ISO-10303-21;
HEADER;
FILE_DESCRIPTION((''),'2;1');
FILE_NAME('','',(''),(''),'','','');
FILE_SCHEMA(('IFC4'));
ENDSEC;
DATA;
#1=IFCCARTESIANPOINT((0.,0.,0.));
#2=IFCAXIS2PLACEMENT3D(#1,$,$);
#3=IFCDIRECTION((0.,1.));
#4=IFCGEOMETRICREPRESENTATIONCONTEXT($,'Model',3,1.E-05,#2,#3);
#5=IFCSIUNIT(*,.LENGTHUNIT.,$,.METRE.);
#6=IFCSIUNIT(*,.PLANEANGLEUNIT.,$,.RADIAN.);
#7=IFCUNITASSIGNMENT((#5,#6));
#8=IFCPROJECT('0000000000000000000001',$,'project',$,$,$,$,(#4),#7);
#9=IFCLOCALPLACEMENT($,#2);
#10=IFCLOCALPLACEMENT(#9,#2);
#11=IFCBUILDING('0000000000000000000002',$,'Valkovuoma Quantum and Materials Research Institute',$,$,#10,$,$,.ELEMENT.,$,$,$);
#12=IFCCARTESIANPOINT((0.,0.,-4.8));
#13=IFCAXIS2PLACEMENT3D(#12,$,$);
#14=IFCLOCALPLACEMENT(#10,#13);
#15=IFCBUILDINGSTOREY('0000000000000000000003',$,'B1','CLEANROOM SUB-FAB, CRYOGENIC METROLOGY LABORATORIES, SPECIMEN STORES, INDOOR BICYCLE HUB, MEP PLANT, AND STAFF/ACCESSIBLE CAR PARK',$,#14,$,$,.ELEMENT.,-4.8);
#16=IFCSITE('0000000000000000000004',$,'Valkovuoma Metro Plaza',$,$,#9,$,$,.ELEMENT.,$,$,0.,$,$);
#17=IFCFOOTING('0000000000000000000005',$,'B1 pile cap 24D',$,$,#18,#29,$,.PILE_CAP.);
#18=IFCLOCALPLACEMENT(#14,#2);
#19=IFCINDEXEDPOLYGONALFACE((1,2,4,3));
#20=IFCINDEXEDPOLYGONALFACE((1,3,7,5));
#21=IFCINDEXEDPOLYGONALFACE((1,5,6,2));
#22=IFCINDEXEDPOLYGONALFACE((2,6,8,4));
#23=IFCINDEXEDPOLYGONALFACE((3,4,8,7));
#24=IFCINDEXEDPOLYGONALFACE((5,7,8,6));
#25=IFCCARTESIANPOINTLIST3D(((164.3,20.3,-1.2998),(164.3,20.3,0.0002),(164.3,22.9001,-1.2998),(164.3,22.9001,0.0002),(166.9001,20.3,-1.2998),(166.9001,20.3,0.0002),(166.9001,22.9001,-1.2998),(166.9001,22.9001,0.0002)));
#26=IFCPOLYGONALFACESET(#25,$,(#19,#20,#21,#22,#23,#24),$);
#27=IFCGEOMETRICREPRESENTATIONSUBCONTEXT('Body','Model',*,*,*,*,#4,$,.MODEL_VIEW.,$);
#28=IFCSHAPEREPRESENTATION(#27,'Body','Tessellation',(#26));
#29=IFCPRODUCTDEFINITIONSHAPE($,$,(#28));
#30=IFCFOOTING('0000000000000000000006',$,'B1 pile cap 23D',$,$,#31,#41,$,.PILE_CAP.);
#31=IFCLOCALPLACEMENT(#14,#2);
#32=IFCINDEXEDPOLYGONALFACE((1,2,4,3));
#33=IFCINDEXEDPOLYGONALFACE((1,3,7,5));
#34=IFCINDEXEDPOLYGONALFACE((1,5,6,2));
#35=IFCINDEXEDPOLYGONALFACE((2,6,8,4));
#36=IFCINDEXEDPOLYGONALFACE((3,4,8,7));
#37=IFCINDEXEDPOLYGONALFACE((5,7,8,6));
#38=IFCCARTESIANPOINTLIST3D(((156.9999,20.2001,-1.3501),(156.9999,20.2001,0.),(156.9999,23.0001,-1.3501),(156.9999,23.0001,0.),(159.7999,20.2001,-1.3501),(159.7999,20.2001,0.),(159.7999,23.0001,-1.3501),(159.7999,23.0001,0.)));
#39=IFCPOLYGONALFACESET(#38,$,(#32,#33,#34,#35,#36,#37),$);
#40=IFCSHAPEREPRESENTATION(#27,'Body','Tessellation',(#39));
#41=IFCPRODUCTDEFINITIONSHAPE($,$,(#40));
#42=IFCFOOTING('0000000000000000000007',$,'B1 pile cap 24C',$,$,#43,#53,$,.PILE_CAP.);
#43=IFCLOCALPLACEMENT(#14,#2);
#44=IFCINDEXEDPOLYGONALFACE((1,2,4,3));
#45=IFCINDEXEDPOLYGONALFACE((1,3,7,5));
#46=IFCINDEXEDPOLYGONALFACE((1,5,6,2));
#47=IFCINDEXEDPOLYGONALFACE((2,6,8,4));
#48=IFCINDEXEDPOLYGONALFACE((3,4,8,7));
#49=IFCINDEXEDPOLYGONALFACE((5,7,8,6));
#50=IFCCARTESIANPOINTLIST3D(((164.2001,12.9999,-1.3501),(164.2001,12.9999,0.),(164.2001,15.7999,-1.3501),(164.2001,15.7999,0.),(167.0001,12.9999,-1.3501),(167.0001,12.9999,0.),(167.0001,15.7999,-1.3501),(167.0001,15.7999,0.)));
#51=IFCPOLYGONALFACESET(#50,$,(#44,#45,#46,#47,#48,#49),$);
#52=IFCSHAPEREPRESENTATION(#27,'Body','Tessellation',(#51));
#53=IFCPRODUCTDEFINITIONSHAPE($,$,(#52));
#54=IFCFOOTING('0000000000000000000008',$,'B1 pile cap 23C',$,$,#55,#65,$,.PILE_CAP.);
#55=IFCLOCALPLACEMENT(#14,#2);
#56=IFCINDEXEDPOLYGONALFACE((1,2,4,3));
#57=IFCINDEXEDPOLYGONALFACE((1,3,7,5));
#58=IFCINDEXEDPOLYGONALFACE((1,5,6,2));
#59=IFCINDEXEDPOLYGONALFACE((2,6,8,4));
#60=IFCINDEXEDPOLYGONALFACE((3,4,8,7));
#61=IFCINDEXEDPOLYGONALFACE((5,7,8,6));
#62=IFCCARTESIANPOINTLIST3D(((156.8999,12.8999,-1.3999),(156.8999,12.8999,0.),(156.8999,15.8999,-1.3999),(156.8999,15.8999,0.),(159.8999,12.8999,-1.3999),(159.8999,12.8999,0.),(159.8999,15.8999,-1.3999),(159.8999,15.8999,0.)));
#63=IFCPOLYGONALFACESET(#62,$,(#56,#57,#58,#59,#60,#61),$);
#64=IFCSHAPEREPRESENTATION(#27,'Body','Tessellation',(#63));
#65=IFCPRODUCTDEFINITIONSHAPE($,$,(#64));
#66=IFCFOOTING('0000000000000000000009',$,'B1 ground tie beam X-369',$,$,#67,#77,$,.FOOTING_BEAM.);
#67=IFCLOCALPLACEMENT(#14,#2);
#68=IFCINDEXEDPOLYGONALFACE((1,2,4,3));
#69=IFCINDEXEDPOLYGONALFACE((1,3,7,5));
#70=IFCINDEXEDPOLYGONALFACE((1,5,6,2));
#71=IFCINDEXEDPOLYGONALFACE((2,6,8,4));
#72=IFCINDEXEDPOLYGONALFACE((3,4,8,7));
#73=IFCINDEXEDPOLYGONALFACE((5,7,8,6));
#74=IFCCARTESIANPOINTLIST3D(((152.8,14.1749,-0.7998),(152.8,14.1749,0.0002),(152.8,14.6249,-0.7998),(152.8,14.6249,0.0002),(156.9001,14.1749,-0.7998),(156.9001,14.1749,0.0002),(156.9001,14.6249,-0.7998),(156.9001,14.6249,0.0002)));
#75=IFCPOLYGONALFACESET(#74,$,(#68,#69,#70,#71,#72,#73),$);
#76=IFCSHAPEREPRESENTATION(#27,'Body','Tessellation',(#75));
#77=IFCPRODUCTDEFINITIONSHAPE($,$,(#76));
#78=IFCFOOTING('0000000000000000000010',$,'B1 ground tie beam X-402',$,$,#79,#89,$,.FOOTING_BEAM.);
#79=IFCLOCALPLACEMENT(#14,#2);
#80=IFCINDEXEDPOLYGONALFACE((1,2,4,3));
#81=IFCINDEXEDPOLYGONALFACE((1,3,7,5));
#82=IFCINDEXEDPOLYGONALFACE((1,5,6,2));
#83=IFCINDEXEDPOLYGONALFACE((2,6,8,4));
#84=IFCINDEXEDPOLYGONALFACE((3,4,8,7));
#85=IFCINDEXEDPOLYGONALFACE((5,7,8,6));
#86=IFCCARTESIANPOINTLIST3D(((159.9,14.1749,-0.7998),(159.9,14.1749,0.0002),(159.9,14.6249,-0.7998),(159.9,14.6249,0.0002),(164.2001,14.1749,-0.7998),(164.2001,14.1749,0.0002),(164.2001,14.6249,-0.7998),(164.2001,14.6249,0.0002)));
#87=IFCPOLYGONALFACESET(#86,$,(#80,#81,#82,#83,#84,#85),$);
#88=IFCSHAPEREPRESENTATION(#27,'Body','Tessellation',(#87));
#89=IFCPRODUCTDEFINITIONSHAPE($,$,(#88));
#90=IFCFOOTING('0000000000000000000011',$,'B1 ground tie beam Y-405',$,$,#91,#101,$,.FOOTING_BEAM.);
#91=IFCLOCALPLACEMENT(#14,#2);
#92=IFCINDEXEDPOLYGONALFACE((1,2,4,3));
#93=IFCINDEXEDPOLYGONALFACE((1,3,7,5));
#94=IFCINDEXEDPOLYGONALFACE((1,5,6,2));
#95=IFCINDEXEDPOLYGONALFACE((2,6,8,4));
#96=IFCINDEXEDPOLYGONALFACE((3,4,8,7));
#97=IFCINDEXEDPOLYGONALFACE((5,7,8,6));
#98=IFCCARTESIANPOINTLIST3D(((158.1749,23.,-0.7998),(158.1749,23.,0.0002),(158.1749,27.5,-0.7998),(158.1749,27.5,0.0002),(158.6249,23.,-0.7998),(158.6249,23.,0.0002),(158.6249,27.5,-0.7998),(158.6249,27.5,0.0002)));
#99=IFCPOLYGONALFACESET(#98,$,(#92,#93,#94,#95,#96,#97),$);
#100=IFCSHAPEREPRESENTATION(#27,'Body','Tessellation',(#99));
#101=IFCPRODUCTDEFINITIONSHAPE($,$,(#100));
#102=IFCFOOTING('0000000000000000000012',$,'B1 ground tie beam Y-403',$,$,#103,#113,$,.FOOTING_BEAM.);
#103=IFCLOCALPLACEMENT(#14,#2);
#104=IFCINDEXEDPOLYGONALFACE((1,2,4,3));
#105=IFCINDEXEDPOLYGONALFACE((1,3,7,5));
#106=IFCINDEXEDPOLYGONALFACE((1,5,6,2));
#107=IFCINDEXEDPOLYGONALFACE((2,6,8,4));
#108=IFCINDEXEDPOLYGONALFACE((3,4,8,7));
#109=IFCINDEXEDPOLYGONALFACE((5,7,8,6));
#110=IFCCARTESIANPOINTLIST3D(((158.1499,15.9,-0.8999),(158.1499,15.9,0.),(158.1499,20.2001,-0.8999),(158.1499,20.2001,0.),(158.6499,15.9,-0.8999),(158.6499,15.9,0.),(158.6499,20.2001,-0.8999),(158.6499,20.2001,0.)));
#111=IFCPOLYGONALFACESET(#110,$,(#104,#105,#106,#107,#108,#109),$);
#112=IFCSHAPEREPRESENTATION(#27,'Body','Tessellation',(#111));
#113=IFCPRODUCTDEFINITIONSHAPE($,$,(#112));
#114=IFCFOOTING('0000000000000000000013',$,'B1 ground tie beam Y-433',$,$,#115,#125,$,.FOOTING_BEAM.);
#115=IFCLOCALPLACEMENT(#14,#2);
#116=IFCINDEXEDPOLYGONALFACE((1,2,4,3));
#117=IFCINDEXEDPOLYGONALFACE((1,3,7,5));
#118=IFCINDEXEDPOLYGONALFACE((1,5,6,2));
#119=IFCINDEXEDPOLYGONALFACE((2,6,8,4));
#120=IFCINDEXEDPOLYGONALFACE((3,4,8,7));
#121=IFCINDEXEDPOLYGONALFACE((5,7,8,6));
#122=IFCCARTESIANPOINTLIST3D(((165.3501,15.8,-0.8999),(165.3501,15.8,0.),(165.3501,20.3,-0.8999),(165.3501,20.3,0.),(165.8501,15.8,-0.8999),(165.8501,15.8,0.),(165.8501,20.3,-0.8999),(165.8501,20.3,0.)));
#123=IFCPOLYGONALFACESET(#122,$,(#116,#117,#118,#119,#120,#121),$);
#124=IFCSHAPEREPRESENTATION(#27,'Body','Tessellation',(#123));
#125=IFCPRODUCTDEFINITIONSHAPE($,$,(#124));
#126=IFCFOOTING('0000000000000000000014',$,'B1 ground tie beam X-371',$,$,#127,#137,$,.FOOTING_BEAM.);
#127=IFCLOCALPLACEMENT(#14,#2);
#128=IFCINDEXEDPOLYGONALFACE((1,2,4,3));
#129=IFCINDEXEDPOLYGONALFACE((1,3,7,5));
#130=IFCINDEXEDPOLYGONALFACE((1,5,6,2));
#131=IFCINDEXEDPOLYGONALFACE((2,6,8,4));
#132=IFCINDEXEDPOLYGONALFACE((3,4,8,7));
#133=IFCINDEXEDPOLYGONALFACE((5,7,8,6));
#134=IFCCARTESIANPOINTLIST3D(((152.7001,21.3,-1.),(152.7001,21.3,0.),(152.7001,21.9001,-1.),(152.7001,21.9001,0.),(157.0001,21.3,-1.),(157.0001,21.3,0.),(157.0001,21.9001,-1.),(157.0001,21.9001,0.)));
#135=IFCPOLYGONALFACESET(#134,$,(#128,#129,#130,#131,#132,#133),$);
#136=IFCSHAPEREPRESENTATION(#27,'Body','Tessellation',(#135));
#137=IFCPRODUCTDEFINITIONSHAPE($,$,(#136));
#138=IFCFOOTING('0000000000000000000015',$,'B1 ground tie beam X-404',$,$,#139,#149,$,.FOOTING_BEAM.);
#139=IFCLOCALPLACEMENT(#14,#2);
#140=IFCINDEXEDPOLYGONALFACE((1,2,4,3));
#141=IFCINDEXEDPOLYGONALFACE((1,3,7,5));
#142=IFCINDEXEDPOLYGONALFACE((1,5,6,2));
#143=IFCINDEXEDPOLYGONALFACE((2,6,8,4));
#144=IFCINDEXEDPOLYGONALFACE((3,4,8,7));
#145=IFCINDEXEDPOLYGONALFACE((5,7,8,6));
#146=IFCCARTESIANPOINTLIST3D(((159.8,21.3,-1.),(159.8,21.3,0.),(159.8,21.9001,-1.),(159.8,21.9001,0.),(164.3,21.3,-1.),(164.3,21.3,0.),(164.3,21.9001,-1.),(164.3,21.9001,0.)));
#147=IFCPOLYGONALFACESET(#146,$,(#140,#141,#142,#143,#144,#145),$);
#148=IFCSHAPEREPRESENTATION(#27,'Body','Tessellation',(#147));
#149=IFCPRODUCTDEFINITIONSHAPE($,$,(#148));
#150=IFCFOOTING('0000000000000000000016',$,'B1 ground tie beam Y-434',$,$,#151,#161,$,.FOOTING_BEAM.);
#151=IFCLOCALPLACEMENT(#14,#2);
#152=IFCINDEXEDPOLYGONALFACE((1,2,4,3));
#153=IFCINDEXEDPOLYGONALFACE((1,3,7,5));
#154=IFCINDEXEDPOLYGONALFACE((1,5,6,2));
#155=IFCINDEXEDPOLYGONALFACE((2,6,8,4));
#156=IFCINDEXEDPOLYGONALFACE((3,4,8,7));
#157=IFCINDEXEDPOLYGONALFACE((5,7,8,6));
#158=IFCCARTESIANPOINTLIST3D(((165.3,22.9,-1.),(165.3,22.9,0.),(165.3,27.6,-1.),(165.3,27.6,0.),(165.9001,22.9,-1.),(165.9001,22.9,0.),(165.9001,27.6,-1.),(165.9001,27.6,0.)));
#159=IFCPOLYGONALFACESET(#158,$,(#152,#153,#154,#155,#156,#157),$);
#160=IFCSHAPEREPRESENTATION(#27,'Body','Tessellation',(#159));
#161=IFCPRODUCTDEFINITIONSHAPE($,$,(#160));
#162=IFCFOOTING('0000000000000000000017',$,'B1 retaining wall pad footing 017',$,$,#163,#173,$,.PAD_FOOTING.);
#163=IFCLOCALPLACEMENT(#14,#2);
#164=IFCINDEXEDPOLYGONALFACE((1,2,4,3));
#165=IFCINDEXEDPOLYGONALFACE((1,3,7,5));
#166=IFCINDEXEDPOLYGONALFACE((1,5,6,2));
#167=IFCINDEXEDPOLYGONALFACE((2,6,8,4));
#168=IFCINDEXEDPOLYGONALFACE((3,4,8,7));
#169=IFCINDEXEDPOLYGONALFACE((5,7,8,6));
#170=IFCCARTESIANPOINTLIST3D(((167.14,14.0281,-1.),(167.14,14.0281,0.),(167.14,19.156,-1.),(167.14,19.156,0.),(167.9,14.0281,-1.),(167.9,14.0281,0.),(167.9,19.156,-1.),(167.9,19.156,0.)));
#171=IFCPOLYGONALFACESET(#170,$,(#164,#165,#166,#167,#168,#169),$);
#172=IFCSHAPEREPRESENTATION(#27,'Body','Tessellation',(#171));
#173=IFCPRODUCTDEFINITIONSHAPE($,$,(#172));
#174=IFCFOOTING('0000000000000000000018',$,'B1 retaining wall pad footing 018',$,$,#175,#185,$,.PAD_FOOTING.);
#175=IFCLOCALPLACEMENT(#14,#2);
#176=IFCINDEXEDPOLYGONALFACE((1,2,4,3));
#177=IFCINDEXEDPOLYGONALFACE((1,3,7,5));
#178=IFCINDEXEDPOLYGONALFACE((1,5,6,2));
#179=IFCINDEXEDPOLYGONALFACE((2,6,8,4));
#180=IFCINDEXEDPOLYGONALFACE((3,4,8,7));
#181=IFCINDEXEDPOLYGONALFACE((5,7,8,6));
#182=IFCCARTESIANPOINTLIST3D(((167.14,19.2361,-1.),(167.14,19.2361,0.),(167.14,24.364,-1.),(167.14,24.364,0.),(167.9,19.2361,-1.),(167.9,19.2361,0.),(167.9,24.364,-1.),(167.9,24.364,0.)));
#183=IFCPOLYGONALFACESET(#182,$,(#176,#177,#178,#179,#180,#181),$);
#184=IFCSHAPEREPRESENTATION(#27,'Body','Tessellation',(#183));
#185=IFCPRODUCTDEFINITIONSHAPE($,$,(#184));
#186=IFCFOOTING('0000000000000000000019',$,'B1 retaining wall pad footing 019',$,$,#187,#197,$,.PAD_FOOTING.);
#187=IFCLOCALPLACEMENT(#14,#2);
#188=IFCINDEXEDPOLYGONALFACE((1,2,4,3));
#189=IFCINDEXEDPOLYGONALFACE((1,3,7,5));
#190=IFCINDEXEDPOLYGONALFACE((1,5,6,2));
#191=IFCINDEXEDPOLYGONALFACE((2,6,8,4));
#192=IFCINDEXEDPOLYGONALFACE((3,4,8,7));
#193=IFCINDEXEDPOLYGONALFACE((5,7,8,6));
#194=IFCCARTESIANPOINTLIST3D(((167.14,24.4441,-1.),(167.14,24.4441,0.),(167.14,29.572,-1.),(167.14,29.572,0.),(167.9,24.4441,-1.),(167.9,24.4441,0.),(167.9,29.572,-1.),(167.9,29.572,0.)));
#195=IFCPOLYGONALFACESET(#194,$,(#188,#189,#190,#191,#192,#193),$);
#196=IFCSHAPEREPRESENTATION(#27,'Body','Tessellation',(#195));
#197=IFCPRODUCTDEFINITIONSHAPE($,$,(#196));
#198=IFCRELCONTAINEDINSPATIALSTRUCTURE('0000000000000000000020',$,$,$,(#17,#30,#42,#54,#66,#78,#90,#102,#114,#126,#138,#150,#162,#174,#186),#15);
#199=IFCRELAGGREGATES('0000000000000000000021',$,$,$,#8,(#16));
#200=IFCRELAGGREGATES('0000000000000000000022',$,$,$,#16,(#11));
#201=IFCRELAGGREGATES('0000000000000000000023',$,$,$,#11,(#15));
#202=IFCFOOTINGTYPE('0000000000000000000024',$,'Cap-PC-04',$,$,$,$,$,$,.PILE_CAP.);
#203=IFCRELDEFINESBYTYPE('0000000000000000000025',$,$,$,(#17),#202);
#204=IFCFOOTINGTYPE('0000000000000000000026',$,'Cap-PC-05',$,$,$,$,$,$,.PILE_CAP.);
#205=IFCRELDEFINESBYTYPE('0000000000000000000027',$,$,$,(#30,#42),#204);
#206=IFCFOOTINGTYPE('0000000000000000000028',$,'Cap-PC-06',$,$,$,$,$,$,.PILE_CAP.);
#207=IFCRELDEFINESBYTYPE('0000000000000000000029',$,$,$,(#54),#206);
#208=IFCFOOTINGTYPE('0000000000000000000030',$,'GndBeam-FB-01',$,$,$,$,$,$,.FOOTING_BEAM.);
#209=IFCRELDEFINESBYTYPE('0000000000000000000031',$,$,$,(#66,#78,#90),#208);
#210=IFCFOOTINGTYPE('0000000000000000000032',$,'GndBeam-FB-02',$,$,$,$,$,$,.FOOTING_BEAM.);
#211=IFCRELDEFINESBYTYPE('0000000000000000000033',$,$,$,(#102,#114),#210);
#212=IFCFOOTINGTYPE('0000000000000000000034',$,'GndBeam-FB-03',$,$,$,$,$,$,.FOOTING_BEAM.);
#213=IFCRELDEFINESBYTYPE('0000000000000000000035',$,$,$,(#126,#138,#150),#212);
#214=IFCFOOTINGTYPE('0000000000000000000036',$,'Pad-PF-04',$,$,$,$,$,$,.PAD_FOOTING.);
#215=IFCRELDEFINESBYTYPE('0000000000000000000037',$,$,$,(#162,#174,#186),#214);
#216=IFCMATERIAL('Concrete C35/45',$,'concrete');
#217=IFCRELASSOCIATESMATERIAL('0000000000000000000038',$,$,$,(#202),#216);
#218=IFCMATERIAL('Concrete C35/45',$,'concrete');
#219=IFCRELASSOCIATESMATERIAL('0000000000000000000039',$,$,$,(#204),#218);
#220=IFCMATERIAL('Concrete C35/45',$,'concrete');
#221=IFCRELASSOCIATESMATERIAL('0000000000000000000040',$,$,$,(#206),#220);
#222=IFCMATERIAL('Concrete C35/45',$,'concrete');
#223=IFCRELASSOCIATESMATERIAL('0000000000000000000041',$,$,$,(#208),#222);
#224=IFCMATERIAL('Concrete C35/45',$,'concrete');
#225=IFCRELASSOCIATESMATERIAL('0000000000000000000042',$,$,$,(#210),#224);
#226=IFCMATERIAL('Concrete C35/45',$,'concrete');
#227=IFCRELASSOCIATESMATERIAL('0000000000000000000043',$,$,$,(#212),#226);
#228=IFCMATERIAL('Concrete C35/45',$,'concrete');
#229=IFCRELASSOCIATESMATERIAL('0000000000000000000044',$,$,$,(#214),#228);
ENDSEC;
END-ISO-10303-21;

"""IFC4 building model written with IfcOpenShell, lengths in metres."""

from ifc_helpers import new_model, si_unit, direction, frame, origin, origin_2d, place, context, subcontext, project, spatial, rectangle, extrude, material, type_object, element, save


model = new_model("IFC4")

# Units and contexts
model_context = context("Model", 3, precision=1e-05, world=origin(), true_north=direction((0.0, 1.0)))
body_context = subcontext(model_context, "Body", "Model", "MODEL_VIEW")
ifc_project = project(units=[si_unit("LENGTHUNIT", "METRE"), si_unit("PLANEANGLEUNIT", "RADIAN")], contexts=[model_context])

# Site, building, storey
site_placement = place(None, origin())
site = spatial("IfcSite", under=ifc_project, at=site_placement, Name="Valkovuoma Metro Plaza", CompositionType="ELEMENT", RefElevation=0.0)
building_placement = place(site_placement, origin())
building = spatial("IfcBuilding", under=site, at=building_placement, Name="Valkovuoma Quantum and Materials Research Institute", CompositionType="ELEMENT")
storey_placement = place(building_placement, frame((0.0, 0.0, -4.8)))
storey = spatial("IfcBuildingStorey", under=building, at=storey_placement, Name="B1", Description="CLEANROOM SUB-FAB, CRYOGENIC METROLOGY LABORATORIES, SPECIMEN STORES, INDOOR BICYCLE HUB, MEP PLANT, AND STAFF/ACCESSIBLE CAR PARK", CompositionType="ELEMENT", Elevation=-4.8)

# Footings
ifc_material_1 = material(Name="Concrete C35/45", Category="concrete")
footing_type_1 = type_object("IfcFootingType", Name="Cap-PC-04", PredefinedType="PILE_CAP", material=ifc_material_1)
footing_1_placement = place(storey_placement, frame((165.6001, 21.6001, -1.2998), z_axis=(0.0, 0.0, 1.0), x_axis=(1.0, 0.0, 0.0)))
element("IfcFooting", 1, at=footing_1_placement, inside=storey, type_object=footing_type_1, Name="B1 pile cap 24D", PredefinedType="PILE_CAP", context=body_context, shape_type="SweptSolid", body=[
    extrude(rectangle(XDim=2.6001, YDim=2.6001, at=origin_2d()), origin(), (0.0, 0.0, 1.0), 1.3),
])
ifc_material_2 = material(Name="Concrete C35/45", Category="concrete")
footing_type_2 = type_object("IfcFootingType", Name="Cap-PC-05", PredefinedType="PILE_CAP", material=ifc_material_2)
for number, where, z_axis, x_axis, name in (
    (2, (158.3999, 21.6001, -1.3501), (0.0, 0.0, 1.0), (1.0, 0.0, 0.0), "B1 pile cap 23D"),
    (3, (165.6001, 14.3999, -1.3501), (0.0, 0.0, 1.0), (1.0, 0.0, 0.0), "B1 pile cap 24C"),
):
    element("IfcFooting", number, at=place(storey_placement, frame(where, z_axis=z_axis, x_axis=x_axis)), inside=storey, type_object=footing_type_2, Name=name, PredefinedType="PILE_CAP", context=body_context, shape_type="SweptSolid", body=[
        extrude(rectangle(XDim=2.8, YDim=2.8, at=origin_2d()), origin(), (0.0, 0.0, 1.0), 1.3501),
    ])
ifc_material_3 = material(Name="Concrete C35/45", Category="concrete")
footing_type_3 = type_object("IfcFootingType", Name="Cap-PC-06", PredefinedType="PILE_CAP", material=ifc_material_3)
footing_2_placement = place(storey_placement, frame((158.3999, 14.3999, -1.3999), z_axis=(0.0, 0.0, 1.0), x_axis=(1.0, 0.0, 0.0)))
element("IfcFooting", 4, at=footing_2_placement, inside=storey, type_object=footing_type_3, Name="B1 pile cap 23C", PredefinedType="PILE_CAP", context=body_context, shape_type="SweptSolid", body=[
    extrude(rectangle(XDim=3.0, YDim=3.0, at=origin_2d()), origin(), (0.0, 0.0, 1.0), 1.3999),
])
ifc_material_4 = material(Name="Concrete C35/45", Category="concrete")
footing_type_4 = type_object("IfcFootingType", Name="GndBeam-FB-01", PredefinedType="FOOTING_BEAM", material=ifc_material_4)
footing_3_placement = place(storey_placement, frame((154.8501, 14.3999, -0.7998), z_axis=(0.0, 0.0, 1.0), x_axis=(1.0, 0.0, 0.0)))
element("IfcFooting", 5, at=footing_3_placement, inside=storey, type_object=footing_type_4, Name="B1 ground tie beam X-369", PredefinedType="FOOTING_BEAM", context=body_context, shape_type="SweptSolid", body=[
    extrude(rectangle(XDim=4.1001, YDim=0.45, at=origin_2d()), origin(), (0.0, 0.0, 1.0), 0.8),
])
footing_4_placement = place(storey_placement, frame((162.05, 14.3999, -0.7998), z_axis=(0.0, 0.0, 1.0), x_axis=(1.0, 0.0, 0.0)))
element("IfcFooting", 6, at=footing_4_placement, inside=storey, type_object=footing_type_4, Name="B1 ground tie beam X-402", PredefinedType="FOOTING_BEAM", context=body_context, shape_type="SweptSolid", body=[
    extrude(rectangle(XDim=4.3, YDim=0.45, at=origin_2d()), origin(), (0.0, 0.0, 1.0), 0.8),
])
footing_5_placement = place(storey_placement, frame((158.3999, 25.25, -0.7998), z_axis=(0.0, 0.0, 1.0), x_axis=(0.0, 1.0, 0.0)))
element("IfcFooting", 7, at=footing_5_placement, inside=storey, type_object=footing_type_4, Name="B1 ground tie beam Y-405", PredefinedType="FOOTING_BEAM", context=body_context, shape_type="SweptSolid", body=[
    extrude(rectangle(XDim=4.5, YDim=0.45, at=origin_2d()), origin(), (0.0, 0.0, 1.0), 0.8),
])
ifc_material_5 = material(Name="Concrete C35/45", Category="concrete")
footing_type_5 = type_object("IfcFootingType", Name="GndBeam-FB-02", PredefinedType="FOOTING_BEAM", material=ifc_material_5)
footing_6_placement = place(storey_placement, frame((158.3999, 18.05, -0.8999), z_axis=(0.0, 0.0, 1.0), x_axis=(0.0, 1.0, 0.0)))
element("IfcFooting", 8, at=footing_6_placement, inside=storey, type_object=footing_type_5, Name="B1 ground tie beam Y-403", PredefinedType="FOOTING_BEAM", context=body_context, shape_type="SweptSolid", body=[
    extrude(rectangle(XDim=4.3, YDim=0.5, at=origin_2d()), origin(), (0.0, 0.0, 1.0), 0.8999),
])
footing_7_placement = place(storey_placement, frame((165.6001, 18.05, -0.8999), z_axis=(0.0, 0.0, 1.0), x_axis=(0.0, 1.0, 0.0)))
element("IfcFooting", 9, at=footing_7_placement, inside=storey, type_object=footing_type_5, Name="B1 ground tie beam Y-433", PredefinedType="FOOTING_BEAM", context=body_context, shape_type="SweptSolid", body=[
    extrude(rectangle(XDim=4.5, YDim=0.5, at=origin_2d()), origin(), (0.0, 0.0, 1.0), 0.8999),
])
ifc_material_6 = material(Name="Concrete C35/45", Category="concrete")
footing_type_6 = type_object("IfcFootingType", Name="GndBeam-FB-03", PredefinedType="FOOTING_BEAM", material=ifc_material_6)
footing_8_placement = place(storey_placement, frame((154.8501, 21.6001, -1.0), z_axis=(0.0, 0.0, 1.0), x_axis=(1.0, 0.0, 0.0)))
element("IfcFooting", 10, at=footing_8_placement, inside=storey, type_object=footing_type_6, Name="B1 ground tie beam X-371", PredefinedType="FOOTING_BEAM", context=body_context, shape_type="SweptSolid", body=[
    extrude(rectangle(XDim=4.3, YDim=0.6001, at=origin_2d()), origin(), (0.0, 0.0, 1.0), 1.0),
])
footing_9_placement = place(storey_placement, frame((162.05, 21.6001, -1.0), z_axis=(0.0, 0.0, 1.0), x_axis=(1.0, 0.0, 0.0)))
element("IfcFooting", 11, at=footing_9_placement, inside=storey, type_object=footing_type_6, Name="B1 ground tie beam X-404", PredefinedType="FOOTING_BEAM", context=body_context, shape_type="SweptSolid", body=[
    extrude(rectangle(XDim=4.5, YDim=0.6001, at=origin_2d()), origin(), (0.0, 0.0, 1.0), 1.0),
])
footing_10_placement = place(storey_placement, frame((165.6001, 25.25, -1.0), z_axis=(0.0, 0.0, 1.0), x_axis=(0.0, 1.0, 0.0)))
element("IfcFooting", 12, at=footing_10_placement, inside=storey, type_object=footing_type_6, Name="B1 ground tie beam Y-434", PredefinedType="FOOTING_BEAM", context=body_context, shape_type="SweptSolid", body=[
    extrude(rectangle(XDim=4.7, YDim=0.6001, at=origin_2d()), origin(), (0.0, 0.0, 1.0), 1.0),
])
ifc_material_7 = material(Name="Concrete C35/45", Category="concrete")
footing_type_7 = type_object("IfcFootingType", Name="Pad-PF-04", PredefinedType="PAD_FOOTING", material=ifc_material_7)
for number, where, z_axis, x_axis, name in (
    (13, (167.52, 16.592, -1.0), (0.0, 0.0, 1.0), (0.0, 1.0, 0.0), "B1 retaining wall pad footing 017"),
    (14, (167.52, 21.8, -1.0), (0.0, 0.0, 1.0), (0.0, 1.0, 0.0), "B1 retaining wall pad footing 018"),
    (15, (167.52, 27.0081, -1.0), (0.0, 0.0, 1.0), (0.0, 1.0, 0.0), "B1 retaining wall pad footing 019"),
):
    element("IfcFooting", number, at=place(storey_placement, frame(where, z_axis=z_axis, x_axis=x_axis)), inside=storey, type_object=footing_type_7, Name=name, PredefinedType="PAD_FOOTING", context=body_context, shape_type="SweptSolid", body=[
        extrude(rectangle(XDim=5.1279, YDim=0.76, at=origin_2d()), origin(), (0.0, 0.0, 1.0), 1.0),
    ])

save(model, "model.ifc")
